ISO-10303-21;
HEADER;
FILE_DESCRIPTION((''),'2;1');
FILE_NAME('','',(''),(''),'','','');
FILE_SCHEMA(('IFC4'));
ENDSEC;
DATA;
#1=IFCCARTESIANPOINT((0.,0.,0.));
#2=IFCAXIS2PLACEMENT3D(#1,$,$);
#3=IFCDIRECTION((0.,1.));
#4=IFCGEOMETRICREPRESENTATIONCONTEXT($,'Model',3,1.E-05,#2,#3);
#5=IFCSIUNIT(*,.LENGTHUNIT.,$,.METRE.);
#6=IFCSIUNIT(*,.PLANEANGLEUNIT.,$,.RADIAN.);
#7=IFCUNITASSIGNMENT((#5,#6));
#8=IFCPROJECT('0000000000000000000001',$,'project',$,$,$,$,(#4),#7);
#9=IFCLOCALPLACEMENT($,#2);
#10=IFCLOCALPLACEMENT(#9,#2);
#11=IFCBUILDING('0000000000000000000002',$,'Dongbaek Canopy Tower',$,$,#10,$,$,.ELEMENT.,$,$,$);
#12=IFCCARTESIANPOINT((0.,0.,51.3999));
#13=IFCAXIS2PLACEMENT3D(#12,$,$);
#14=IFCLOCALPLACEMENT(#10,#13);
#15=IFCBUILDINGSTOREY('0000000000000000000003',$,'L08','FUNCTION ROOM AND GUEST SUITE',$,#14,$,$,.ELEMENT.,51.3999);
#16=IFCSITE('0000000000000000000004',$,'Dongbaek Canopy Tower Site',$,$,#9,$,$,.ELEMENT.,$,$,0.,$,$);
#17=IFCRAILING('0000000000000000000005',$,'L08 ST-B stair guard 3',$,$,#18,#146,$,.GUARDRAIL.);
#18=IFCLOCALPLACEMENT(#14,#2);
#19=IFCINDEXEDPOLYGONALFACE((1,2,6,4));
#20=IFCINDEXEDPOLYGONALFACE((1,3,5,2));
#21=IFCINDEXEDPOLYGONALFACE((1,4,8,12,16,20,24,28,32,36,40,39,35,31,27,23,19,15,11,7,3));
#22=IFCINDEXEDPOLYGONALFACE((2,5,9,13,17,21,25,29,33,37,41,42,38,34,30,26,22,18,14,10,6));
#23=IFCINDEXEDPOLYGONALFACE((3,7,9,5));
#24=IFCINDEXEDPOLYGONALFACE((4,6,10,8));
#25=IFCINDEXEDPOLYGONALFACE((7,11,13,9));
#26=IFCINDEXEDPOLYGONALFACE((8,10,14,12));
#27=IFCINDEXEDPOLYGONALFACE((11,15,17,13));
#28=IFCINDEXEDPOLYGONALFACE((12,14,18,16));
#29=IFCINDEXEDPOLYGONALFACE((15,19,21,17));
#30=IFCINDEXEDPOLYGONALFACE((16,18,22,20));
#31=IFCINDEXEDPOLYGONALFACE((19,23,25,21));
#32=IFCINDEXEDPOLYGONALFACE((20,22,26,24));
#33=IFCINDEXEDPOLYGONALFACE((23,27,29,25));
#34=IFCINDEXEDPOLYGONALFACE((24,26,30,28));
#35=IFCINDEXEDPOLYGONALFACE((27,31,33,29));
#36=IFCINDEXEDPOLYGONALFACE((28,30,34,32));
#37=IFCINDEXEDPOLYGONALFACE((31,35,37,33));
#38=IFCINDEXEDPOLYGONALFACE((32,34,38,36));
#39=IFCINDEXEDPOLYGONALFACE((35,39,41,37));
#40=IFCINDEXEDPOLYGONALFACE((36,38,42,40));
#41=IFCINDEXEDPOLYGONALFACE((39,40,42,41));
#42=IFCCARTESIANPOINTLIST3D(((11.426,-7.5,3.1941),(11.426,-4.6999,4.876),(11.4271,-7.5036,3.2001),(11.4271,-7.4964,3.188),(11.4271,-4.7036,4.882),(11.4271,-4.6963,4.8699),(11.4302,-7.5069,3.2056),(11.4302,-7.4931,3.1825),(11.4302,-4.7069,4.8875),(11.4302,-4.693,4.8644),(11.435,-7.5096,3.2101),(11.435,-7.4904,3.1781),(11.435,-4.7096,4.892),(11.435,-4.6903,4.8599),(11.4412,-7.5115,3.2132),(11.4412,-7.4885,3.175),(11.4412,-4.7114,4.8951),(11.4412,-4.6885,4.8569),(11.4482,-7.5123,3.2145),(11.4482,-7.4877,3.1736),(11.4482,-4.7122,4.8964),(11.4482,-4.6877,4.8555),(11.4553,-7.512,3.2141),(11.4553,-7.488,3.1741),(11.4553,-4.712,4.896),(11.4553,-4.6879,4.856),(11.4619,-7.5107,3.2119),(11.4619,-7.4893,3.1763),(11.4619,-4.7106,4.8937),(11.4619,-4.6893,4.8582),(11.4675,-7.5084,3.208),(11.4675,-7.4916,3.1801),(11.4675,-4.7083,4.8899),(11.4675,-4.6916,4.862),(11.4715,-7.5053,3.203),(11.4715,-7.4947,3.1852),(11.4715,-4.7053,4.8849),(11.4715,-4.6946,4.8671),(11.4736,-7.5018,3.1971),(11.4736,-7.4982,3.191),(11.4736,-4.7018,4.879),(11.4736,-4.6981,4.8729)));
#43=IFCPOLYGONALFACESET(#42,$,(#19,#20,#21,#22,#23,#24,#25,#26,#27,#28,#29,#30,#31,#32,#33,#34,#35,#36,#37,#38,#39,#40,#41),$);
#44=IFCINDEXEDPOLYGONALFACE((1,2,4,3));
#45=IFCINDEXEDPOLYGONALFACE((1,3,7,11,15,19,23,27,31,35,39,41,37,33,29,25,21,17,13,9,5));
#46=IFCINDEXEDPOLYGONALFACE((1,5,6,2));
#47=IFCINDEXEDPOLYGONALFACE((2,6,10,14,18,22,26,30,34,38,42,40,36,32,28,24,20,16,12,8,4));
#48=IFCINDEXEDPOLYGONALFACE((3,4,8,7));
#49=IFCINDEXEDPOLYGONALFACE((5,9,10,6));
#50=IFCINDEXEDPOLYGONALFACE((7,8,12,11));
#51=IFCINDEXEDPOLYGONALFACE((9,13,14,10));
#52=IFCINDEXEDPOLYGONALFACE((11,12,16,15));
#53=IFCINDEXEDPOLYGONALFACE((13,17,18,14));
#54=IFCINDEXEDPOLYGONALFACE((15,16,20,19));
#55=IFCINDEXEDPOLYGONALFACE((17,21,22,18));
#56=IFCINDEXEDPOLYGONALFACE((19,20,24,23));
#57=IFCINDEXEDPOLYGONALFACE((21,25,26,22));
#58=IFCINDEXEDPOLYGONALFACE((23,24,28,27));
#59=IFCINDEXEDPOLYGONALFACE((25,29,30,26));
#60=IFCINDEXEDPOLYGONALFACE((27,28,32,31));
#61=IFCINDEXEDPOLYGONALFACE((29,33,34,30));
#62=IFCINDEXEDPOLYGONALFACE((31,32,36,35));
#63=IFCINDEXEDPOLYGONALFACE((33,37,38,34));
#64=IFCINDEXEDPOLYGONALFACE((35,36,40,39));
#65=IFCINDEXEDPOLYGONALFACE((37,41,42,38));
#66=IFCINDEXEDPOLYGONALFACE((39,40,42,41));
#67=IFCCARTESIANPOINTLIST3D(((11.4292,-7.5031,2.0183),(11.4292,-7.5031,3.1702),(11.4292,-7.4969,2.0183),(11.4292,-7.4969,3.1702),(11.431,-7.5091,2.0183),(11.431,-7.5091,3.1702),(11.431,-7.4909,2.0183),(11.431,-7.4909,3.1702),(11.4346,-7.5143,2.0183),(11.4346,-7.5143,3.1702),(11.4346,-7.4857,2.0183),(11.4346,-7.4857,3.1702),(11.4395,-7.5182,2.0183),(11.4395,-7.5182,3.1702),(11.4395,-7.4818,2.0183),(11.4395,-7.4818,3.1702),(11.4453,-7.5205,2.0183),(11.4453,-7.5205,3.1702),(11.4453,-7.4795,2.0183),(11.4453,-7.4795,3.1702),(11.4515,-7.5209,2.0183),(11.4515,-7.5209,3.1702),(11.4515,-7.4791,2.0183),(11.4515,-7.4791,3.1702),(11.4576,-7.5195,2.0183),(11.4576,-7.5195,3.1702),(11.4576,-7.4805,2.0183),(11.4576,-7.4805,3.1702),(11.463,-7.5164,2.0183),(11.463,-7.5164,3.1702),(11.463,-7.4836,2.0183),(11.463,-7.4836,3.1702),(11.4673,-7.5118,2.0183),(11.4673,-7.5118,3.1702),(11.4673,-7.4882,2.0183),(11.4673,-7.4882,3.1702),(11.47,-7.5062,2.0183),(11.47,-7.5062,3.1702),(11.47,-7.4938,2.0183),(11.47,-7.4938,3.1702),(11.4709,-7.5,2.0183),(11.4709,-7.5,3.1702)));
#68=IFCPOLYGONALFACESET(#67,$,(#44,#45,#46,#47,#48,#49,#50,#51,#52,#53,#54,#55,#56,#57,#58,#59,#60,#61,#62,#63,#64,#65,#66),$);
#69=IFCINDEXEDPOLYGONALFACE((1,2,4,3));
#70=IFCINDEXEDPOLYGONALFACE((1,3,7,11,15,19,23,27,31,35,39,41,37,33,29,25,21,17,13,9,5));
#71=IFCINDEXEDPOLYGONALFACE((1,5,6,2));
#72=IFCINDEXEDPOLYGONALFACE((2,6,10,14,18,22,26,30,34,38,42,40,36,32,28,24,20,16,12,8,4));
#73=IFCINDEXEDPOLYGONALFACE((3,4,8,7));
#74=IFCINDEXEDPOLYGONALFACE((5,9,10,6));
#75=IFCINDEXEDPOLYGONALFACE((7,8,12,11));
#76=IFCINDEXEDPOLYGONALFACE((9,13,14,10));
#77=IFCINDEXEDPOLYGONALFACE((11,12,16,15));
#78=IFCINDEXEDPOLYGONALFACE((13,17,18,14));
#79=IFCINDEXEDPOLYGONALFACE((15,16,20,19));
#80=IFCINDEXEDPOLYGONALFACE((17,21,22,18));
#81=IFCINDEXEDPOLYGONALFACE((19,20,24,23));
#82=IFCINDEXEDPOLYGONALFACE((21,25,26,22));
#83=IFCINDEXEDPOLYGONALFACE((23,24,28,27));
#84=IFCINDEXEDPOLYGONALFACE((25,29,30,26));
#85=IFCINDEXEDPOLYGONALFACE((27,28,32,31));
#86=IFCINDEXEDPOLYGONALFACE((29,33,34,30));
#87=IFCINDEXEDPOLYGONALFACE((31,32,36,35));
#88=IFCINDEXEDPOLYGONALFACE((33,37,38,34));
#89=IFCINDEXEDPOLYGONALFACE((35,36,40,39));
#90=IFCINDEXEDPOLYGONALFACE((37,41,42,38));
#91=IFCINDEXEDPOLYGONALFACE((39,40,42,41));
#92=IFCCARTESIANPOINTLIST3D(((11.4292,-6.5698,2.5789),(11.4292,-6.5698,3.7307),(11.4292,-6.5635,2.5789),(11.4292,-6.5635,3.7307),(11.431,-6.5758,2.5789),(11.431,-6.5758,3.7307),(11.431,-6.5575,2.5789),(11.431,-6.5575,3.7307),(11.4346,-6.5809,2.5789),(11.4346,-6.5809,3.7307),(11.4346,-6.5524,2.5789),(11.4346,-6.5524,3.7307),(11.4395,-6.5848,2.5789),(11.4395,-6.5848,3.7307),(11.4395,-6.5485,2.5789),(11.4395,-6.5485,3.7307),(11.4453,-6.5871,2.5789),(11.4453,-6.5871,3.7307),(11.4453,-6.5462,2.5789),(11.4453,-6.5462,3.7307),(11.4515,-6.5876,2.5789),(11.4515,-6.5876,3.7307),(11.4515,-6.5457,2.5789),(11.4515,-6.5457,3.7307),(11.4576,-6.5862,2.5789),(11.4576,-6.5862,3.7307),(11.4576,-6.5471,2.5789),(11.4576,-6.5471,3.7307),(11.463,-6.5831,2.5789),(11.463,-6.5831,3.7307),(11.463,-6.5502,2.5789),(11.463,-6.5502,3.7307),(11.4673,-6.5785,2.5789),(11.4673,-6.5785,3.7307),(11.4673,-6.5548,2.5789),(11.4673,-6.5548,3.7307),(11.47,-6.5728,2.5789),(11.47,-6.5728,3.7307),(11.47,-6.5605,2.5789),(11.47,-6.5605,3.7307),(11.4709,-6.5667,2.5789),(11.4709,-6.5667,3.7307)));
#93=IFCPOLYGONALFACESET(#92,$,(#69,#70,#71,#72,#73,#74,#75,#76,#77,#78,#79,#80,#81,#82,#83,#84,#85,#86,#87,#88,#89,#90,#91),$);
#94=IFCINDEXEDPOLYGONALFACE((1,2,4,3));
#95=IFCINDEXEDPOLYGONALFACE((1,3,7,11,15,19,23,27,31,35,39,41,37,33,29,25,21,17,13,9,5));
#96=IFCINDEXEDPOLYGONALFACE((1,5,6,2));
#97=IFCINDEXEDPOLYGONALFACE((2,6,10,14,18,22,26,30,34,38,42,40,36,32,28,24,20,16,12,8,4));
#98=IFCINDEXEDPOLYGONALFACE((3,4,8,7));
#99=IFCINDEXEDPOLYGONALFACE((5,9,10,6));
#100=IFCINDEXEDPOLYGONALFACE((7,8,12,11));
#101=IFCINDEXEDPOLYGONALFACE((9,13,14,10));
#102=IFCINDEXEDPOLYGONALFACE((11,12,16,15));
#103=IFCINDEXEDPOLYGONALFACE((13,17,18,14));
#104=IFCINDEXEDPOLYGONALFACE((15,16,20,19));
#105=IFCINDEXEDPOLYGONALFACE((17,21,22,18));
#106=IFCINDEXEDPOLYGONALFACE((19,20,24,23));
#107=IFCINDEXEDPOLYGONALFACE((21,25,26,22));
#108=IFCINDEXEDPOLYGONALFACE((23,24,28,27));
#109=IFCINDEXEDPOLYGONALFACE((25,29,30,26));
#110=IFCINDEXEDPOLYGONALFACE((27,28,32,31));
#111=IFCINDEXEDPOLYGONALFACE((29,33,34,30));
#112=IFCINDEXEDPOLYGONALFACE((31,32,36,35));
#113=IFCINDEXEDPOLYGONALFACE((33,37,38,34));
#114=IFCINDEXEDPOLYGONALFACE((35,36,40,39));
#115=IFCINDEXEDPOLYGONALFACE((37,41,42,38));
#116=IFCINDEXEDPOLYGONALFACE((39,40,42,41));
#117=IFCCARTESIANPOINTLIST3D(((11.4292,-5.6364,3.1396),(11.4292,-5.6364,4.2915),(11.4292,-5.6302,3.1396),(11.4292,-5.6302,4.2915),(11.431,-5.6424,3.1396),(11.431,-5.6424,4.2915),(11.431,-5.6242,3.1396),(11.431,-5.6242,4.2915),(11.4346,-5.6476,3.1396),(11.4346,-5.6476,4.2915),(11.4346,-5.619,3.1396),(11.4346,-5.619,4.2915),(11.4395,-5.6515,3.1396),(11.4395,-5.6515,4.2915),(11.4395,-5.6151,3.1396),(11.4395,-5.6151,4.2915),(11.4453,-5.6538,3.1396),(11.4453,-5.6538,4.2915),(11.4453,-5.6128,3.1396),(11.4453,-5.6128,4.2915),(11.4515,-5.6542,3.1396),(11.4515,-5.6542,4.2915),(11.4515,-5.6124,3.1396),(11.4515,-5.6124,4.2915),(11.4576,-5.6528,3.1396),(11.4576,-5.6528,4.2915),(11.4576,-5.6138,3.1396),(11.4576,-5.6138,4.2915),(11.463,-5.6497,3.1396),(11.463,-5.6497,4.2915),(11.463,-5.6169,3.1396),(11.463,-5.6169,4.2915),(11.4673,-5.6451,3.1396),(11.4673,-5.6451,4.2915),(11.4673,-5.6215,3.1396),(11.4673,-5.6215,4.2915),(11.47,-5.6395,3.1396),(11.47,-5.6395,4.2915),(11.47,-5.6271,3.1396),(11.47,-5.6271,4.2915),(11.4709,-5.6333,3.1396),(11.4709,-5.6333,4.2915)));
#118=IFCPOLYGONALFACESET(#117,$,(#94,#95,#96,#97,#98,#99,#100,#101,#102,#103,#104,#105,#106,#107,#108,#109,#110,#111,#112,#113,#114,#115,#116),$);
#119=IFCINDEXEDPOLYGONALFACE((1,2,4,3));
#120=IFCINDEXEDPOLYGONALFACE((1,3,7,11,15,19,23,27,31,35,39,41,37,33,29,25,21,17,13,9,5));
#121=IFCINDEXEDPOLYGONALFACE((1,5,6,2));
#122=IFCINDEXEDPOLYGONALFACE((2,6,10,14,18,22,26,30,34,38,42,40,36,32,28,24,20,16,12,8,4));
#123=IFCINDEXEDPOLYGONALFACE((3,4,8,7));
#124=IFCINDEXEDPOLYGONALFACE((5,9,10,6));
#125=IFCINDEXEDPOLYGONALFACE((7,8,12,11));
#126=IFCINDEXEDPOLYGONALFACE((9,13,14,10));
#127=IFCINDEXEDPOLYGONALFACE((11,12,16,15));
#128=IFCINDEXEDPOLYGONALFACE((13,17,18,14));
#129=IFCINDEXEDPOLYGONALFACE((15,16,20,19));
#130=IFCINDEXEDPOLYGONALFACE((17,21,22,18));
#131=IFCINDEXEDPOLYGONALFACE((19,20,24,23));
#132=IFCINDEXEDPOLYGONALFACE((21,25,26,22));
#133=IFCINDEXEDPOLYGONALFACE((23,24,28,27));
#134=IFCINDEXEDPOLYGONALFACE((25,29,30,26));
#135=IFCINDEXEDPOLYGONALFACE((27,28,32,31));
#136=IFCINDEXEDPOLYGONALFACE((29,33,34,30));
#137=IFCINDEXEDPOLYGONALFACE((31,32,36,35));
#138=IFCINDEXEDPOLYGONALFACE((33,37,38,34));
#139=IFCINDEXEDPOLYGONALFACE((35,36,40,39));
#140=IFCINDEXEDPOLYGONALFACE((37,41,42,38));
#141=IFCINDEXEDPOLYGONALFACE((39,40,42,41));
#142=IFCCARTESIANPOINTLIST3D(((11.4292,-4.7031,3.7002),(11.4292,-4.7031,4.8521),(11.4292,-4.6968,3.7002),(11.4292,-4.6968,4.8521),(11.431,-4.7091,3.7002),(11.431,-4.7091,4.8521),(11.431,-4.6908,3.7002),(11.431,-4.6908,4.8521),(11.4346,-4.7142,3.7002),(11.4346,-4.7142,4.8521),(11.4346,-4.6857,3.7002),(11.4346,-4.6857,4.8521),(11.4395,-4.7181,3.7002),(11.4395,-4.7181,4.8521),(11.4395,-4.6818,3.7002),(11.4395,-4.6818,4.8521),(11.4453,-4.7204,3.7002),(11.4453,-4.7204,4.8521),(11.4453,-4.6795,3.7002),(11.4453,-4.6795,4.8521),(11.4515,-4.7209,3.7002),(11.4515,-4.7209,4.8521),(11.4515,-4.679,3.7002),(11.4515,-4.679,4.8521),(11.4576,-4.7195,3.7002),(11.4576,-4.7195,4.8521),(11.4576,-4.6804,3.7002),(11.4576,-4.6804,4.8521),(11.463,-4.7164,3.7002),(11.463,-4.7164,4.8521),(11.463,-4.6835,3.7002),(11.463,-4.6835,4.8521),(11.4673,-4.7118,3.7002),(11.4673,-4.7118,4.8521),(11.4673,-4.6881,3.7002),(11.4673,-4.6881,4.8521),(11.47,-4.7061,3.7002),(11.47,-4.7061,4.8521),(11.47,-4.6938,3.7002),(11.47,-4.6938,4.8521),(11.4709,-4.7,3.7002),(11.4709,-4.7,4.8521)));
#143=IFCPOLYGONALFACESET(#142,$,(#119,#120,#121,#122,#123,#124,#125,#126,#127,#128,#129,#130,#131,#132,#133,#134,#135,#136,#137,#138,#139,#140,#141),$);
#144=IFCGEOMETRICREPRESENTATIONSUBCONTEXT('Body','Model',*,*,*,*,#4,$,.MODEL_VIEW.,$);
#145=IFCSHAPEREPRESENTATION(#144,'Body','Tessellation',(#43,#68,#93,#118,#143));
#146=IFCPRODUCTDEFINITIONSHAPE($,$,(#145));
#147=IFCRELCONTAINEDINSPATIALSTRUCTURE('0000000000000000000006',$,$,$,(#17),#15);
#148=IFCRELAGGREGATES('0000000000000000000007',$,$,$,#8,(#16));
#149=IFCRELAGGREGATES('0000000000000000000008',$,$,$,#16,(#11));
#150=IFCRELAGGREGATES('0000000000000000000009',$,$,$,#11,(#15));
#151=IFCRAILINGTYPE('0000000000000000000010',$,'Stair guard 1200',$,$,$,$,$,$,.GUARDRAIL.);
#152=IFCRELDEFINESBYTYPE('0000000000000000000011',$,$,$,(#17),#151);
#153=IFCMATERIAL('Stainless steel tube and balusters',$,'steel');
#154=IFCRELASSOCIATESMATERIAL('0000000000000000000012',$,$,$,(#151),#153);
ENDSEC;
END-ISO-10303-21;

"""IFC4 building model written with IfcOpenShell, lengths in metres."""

from ifc_helpers import new_model, si_unit, direction, frame, origin, origin_2d, place, context, subcontext, project, spatial, circle, extrude, material, type_object, element, save


model = new_model("IFC4")

# Units and contexts
model_context = context("Model", 3, precision=1e-05, world=origin(), true_north=direction((0.0, 1.0)))
body_context = subcontext(model_context, "Body", "Model", "MODEL_VIEW")
ifc_project = project(units=[si_unit("LENGTHUNIT", "METRE"), si_unit("PLANEANGLEUNIT", "RADIAN")], contexts=[model_context])

# Site, building, storey
site_placement = place(None, origin())
site = spatial("IfcSite", under=ifc_project, at=site_placement, Name="Dongbaek Canopy Tower Site", CompositionType="ELEMENT", RefElevation=0.0)
building_placement = place(site_placement, origin())
building = spatial("IfcBuilding", under=site, at=building_placement, Name="Dongbaek Canopy Tower", CompositionType="ELEMENT")
storey_placement = place(building_placement, frame((0.0, 0.0, 51.3999)))
storey = spatial("IfcBuildingStorey", under=building, at=storey_placement, Name="L08", Description="FUNCTION ROOM AND GUEST SUITE", CompositionType="ELEMENT", Elevation=51.3999)

# Railing
ifc_material_1 = material(Name="Stainless steel tube and balusters", Category="steel")
railing_type_1 = type_object("IfcRailingType", Name="Stair guard 1200", PredefinedType="GUARDRAIL", material=ifc_material_1)
railing_1_placement = place(storey_placement, frame((11.45, -7.5, 2.0183)))
element("IfcRailing", 1, at=railing_1_placement, inside=storey, type_object=railing_type_1, Name="L08 ST-B stair guard 3", PredefinedType="GUARDRAIL", context=body_context, shape_type="SweptSolid", body=[
    extrude(circle(Radius=0.0239, at=origin_2d()), frame((0.0, 0.0, 1.1758), z_axis=(0.0, 0.857242, 0.514913), x_axis=(-1.0, 0.0, 0.0)), (0.0, 0.0, 1.0), 3.2664),
    extrude(circle(Radius=0.021, at=origin_2d()), origin(), (0.0, 0.0, 1.0), 1.1519),
    extrude(circle(Radius=0.021, at=origin_2d()), frame((0.0, 0.9333, 0.5605)), (0.0, 0.0, 1.0), 1.1519),
    extrude(circle(Radius=0.021, at=origin_2d()), frame((0.0, 1.8667, 1.1213)), (0.0, 0.0, 1.0), 1.1519),
    extrude(circle(Radius=0.021, at=origin_2d()), frame((0.0, 2.8, 1.6819)), (0.0, 0.0, 1.0), 1.1519),
])

save(model, "model.ifc")
